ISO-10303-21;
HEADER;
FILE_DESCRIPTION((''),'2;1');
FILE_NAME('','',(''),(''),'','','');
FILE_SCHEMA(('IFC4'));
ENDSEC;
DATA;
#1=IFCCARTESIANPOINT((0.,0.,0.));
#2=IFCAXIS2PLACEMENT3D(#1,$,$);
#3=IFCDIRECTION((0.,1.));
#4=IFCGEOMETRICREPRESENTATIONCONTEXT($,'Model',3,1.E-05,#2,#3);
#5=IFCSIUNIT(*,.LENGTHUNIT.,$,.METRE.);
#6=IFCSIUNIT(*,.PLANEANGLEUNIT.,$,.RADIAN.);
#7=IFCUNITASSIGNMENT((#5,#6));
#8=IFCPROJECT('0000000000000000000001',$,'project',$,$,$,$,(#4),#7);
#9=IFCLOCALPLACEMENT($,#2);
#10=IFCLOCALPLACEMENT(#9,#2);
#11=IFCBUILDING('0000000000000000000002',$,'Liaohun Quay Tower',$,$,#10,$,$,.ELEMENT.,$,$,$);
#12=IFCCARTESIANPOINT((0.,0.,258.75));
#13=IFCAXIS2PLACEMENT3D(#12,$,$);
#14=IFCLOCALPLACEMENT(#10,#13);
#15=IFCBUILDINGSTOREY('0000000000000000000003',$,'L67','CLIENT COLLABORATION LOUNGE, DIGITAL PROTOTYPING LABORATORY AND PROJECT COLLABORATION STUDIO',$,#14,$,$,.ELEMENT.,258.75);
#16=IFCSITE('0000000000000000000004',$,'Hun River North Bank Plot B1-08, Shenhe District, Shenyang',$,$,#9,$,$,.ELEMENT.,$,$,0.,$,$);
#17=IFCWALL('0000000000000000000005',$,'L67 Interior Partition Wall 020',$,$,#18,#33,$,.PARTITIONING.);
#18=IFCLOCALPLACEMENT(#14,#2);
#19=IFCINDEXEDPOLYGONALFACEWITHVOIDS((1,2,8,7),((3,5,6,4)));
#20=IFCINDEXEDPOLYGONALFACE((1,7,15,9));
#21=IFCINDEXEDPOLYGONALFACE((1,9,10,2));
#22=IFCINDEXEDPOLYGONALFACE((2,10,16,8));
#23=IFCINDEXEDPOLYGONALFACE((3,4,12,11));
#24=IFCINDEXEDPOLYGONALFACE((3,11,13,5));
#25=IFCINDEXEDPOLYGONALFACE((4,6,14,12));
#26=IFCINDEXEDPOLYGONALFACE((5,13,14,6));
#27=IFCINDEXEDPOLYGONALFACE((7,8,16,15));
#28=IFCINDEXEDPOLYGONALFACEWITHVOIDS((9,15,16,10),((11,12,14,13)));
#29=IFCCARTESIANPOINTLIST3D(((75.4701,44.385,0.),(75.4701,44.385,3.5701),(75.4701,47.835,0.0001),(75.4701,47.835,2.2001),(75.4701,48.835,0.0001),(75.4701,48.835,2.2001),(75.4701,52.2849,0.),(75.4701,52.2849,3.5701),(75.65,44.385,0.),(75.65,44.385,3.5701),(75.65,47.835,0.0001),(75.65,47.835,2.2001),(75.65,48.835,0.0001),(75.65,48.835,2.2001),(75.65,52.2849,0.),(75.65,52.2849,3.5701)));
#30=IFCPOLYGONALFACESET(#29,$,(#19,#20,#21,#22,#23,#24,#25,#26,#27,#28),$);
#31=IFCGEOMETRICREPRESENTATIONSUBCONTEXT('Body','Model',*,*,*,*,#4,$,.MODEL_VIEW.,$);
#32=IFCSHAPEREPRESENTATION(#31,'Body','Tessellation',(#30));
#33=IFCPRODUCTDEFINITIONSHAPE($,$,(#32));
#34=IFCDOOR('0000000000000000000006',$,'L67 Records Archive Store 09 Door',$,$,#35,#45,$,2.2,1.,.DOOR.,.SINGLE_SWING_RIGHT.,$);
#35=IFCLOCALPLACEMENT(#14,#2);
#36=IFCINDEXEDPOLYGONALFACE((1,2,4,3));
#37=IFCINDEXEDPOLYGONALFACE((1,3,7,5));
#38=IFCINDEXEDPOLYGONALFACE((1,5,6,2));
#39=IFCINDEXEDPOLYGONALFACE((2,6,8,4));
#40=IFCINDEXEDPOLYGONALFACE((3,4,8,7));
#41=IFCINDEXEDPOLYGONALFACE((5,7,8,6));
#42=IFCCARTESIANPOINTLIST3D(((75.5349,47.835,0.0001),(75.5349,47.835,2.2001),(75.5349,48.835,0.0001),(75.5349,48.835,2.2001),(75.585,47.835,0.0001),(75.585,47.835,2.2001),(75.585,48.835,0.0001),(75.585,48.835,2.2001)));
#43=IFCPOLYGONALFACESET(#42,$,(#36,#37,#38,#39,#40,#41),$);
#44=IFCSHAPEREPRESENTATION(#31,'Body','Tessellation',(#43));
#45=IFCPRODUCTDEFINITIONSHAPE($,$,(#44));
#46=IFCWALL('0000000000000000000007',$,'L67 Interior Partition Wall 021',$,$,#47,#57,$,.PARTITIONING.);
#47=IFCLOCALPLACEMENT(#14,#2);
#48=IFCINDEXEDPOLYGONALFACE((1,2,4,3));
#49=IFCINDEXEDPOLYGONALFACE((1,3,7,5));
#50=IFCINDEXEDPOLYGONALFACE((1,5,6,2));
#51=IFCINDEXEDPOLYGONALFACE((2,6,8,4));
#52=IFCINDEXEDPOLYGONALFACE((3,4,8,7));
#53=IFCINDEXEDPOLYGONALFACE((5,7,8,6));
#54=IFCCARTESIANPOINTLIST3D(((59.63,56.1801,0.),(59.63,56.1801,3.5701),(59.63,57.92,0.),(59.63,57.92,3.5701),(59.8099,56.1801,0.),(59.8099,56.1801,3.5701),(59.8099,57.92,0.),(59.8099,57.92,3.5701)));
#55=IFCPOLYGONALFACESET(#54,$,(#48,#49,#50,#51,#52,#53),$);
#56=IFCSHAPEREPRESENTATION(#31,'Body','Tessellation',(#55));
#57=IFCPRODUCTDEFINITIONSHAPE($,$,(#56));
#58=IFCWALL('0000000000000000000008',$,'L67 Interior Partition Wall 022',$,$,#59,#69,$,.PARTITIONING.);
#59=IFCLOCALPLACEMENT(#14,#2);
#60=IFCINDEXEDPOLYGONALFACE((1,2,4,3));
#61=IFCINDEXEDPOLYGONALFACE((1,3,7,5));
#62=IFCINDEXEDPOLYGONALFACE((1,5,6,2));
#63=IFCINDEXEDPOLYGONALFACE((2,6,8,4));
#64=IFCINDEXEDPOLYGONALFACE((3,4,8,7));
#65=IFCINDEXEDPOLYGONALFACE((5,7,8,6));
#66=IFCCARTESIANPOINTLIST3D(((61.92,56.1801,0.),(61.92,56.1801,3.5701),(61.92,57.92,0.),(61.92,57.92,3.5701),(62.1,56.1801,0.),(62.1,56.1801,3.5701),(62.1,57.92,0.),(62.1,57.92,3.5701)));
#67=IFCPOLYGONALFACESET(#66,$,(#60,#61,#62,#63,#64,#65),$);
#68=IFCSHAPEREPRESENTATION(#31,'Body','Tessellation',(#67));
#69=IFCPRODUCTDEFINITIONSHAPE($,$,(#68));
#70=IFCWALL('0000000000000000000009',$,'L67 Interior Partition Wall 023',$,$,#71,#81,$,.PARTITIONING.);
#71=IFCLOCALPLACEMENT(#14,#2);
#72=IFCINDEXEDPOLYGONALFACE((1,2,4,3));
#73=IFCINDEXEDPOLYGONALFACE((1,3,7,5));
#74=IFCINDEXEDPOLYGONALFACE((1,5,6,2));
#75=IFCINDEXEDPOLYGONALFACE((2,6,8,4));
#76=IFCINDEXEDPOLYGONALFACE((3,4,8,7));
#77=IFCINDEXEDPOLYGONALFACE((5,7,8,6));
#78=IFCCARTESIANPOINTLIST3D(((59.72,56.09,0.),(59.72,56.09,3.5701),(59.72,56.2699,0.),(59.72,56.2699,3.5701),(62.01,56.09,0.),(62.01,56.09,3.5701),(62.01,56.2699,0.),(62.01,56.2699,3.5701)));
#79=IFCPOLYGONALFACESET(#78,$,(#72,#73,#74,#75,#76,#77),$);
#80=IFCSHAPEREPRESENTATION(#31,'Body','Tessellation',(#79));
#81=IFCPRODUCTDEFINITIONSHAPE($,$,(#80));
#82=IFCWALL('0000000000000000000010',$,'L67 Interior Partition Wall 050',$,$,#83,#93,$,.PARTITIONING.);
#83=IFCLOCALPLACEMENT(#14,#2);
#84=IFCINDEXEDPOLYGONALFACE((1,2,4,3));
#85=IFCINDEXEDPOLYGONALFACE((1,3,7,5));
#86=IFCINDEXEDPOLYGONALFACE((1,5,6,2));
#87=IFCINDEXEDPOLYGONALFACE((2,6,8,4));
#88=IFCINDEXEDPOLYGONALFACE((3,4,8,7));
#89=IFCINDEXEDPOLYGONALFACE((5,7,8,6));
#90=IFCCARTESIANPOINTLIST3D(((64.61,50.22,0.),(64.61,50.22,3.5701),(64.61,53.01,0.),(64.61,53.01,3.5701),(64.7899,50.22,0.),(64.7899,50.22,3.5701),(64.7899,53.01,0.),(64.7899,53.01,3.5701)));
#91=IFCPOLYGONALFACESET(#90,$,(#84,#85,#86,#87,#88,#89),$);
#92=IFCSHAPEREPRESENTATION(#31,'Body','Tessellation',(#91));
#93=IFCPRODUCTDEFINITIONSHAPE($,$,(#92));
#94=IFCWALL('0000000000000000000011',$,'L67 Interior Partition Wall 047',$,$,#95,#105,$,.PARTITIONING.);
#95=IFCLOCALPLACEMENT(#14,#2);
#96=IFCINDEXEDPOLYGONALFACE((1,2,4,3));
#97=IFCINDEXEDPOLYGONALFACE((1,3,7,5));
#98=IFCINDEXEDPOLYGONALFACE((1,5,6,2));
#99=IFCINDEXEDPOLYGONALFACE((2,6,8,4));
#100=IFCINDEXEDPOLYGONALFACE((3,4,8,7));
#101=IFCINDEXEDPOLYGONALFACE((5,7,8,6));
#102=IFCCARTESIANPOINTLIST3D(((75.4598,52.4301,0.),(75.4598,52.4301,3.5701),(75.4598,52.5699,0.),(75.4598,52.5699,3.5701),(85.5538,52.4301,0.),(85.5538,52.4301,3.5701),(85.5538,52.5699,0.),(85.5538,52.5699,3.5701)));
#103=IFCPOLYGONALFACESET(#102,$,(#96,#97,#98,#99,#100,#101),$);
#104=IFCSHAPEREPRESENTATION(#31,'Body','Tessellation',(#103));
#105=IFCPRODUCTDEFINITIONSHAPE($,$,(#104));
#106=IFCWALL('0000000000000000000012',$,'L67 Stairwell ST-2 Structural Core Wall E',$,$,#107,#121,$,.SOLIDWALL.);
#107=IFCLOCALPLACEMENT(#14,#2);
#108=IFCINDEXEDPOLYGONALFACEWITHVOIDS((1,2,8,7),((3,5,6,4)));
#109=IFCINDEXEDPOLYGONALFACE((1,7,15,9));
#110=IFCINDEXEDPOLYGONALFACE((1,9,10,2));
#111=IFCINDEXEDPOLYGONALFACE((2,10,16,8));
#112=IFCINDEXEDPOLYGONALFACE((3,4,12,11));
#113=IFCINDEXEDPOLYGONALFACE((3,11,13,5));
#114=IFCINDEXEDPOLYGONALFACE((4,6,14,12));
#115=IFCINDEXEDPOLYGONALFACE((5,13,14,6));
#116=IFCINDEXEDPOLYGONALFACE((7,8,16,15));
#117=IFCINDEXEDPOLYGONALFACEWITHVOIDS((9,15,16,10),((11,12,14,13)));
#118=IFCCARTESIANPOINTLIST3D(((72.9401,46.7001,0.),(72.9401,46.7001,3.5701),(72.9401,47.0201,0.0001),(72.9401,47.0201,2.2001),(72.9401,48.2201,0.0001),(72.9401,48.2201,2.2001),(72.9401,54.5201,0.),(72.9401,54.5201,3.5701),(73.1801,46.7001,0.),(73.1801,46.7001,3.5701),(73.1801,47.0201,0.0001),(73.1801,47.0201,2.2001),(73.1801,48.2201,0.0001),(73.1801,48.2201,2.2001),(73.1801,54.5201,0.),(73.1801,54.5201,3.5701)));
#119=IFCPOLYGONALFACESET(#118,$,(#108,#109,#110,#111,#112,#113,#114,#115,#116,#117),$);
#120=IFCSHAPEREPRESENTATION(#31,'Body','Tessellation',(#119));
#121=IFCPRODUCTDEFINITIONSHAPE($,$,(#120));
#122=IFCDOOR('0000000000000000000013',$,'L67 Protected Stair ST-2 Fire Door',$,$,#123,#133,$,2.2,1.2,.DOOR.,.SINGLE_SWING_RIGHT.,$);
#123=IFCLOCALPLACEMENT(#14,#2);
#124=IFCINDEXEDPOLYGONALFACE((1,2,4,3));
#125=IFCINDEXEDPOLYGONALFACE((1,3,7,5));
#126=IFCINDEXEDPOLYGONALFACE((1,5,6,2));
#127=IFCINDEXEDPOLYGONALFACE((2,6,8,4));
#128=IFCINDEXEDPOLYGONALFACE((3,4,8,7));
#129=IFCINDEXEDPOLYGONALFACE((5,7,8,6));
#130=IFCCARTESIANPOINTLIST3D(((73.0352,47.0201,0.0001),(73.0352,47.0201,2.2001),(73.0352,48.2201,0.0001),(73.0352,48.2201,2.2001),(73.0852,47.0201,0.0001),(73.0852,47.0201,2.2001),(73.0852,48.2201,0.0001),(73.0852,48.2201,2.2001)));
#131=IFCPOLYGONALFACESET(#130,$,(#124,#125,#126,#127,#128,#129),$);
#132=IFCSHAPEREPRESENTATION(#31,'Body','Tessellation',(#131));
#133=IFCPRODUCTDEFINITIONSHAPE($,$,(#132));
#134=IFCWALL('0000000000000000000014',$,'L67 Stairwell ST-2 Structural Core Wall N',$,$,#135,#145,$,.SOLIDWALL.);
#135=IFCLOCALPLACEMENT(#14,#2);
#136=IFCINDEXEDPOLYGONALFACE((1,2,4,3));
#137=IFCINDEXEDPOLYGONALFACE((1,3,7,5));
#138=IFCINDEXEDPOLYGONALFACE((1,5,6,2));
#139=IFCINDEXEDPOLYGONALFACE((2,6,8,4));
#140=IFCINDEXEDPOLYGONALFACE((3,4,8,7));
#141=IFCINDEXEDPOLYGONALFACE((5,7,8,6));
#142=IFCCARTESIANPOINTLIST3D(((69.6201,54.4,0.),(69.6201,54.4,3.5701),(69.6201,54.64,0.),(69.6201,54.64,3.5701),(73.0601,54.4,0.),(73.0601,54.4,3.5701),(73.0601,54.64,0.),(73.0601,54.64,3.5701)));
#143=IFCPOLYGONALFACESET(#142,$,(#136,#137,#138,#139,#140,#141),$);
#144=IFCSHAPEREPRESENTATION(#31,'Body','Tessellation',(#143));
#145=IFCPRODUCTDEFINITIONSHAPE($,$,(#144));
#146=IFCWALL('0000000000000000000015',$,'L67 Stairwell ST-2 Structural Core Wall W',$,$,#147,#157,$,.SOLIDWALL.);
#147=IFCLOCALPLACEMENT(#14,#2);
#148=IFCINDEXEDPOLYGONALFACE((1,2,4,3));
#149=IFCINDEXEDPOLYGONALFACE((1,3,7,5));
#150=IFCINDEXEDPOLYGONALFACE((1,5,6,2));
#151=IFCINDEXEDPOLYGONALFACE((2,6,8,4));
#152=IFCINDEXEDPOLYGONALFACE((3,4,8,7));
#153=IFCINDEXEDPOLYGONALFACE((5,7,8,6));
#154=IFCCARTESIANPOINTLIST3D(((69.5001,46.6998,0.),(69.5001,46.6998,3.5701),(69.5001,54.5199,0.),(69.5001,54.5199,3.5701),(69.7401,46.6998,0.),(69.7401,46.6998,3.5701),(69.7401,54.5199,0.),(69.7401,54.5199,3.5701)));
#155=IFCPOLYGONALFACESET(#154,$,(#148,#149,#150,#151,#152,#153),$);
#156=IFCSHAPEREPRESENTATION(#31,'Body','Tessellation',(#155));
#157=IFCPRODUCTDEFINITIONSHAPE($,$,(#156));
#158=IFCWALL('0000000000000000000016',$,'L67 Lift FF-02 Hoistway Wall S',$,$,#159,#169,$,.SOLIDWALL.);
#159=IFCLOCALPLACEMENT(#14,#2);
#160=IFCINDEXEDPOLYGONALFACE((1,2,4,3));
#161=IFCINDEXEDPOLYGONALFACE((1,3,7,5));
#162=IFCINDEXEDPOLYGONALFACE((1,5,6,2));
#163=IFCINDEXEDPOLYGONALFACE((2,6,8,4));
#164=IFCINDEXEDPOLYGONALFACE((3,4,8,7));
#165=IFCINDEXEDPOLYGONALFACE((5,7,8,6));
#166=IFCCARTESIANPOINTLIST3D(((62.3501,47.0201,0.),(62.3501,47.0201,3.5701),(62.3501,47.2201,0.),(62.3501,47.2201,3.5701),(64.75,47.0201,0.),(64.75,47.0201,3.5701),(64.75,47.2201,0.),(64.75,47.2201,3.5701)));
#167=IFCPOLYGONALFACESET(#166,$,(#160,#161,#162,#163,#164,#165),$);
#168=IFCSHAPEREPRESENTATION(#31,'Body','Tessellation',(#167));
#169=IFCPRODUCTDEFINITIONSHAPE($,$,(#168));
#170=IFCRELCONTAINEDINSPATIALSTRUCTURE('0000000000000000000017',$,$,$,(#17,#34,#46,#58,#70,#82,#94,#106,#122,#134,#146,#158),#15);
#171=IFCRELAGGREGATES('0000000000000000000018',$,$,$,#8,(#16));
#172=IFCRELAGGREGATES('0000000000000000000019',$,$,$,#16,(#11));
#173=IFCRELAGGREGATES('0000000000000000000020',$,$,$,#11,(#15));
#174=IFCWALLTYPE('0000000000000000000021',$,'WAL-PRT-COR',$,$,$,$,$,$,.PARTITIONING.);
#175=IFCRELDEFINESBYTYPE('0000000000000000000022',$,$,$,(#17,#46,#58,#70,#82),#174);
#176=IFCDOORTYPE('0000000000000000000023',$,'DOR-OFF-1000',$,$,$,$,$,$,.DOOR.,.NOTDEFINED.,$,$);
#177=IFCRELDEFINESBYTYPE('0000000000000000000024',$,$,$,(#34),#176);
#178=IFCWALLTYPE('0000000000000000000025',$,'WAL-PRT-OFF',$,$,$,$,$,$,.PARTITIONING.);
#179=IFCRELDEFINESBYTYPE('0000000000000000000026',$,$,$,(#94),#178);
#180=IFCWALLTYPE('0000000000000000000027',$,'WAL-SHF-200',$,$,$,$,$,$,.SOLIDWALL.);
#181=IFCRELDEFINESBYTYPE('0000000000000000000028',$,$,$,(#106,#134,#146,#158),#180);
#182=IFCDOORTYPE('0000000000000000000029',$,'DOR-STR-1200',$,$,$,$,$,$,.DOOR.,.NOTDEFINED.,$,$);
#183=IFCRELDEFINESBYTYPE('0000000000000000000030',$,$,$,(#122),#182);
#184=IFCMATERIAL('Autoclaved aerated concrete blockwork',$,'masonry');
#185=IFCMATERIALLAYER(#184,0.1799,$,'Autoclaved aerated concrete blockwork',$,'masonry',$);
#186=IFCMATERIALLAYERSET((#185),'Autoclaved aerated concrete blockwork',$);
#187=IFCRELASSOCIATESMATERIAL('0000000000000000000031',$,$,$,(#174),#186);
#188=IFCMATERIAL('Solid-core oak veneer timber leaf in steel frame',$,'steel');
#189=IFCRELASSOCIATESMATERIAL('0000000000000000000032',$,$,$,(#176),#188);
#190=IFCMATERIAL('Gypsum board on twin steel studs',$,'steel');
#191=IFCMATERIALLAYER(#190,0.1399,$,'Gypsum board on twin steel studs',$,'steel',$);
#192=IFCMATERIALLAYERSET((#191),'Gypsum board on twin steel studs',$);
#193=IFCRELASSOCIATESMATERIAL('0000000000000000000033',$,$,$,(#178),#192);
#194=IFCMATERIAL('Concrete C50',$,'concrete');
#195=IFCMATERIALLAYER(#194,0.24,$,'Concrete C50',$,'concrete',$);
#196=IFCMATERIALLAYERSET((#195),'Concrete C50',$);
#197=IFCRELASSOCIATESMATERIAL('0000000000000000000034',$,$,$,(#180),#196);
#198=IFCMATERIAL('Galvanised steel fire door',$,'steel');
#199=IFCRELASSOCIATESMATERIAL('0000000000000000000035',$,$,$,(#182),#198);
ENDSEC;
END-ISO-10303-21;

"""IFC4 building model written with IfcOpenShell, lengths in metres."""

from ifc_helpers import new_model, si_unit, direction, frame, frame_2d, origin, place, context, subcontext, project, spatial, rectangle, extrude, source, transform, mapped, material, layer, layer_set, type_object, element, fill, save


model = new_model("IFC4")

# Units and contexts
model_context = context("Model", 3, precision=1e-05, world=origin(), true_north=direction((0.0, 1.0)))
body_context = subcontext(model_context, "Body", "Model", "MODEL_VIEW")
ifc_project = project(units=[si_unit("LENGTHUNIT", "METRE"), si_unit("PLANEANGLEUNIT", "RADIAN")], contexts=[model_context])

# Site, building, storey
site_placement = place(None, origin())
site = spatial("IfcSite", under=ifc_project, at=site_placement, Name="Hun River North Bank Plot B1-08, Shenhe District, Shenyang", CompositionType="ELEMENT", RefElevation=0.0)
building_placement = place(site_placement, origin())
building = spatial("IfcBuilding", under=site, at=building_placement, Name="Liaohun Quay Tower", CompositionType="ELEMENT")
storey_placement = place(building_placement, frame((0.0, 0.0, 258.75)))
storey = spatial("IfcBuildingStorey", under=building, at=storey_placement, Name="L67", Description="CLIENT COLLABORATION LOUNGE, DIGITAL PROTOTYPING LABORATORY AND PROJECT COLLABORATION STUDIO", CompositionType="ELEMENT", Elevation=258.75)

# Wall, opening, door
ifc_material_1 = material(Name="Autoclaved aerated concrete blockwork", Category="masonry")
ifc_layer_1 = layer(ifc_material_1, 0.1799, Name="Autoclaved aerated concrete blockwork", Category="masonry")
ifc_layer_set_1 = layer_set([ifc_layer_1], Name="Autoclaved aerated concrete blockwork")
wall_type_1 = type_object("IfcWallType", Name="WAL-PRT-COR", PredefinedType="PARTITIONING", material=ifc_layer_set_1)
wall_1_placement = place(storey_placement, frame((75.5601, 52.2849, 0.0), z_axis=(0.0, 0.0, 1.0), x_axis=(0.0, -1.0, 0.0)))
wall_1 = element("IfcWall", 1, at=wall_1_placement, inside=storey, type_object=wall_type_1, Name="L67 Interior Partition Wall 020", PredefinedType="PARTITIONING", context=body_context, shape_type="SweptSolid", body=[
    extrude(rectangle(XDim=7.8999, YDim=0.1799, at=frame_2d((3.95, 0.0))), origin(), (0.0, 0.0, 1.0), 3.5701),
])
shared_shape_1 = source(origin(), body_context, "Body", "SweptSolid", [
    extrude(rectangle(XDim=1.0, YDim=2.2, at=frame_2d((0.5, 1.1001))), frame((0.0, 0.0999, 0.0), z_axis=(0.0, -1.0, 0.0), x_axis=(1.0, 0.0, 0.0)), (0.0, 0.0, 1.0), 0.2),
])
opening_1_placement = place(wall_1_placement, frame((3.45, 0.0, 0.0)))
opening_1 = element("IfcOpeningElement", 2, at=opening_1_placement, cuts=wall_1, PredefinedType="OPENING", context=body_context, shape_type="MappedRepresentation", body=[
    mapped(shared_shape_1, transform((0.0, 0.0, 0.0), x_axis=(1.0, 0.0, 0.0), y_axis=(0.0, 1.0, 0.0), z_axis=(0.0, 0.0, 1.0), scale=1.0)),
])
ifc_material_2 = material(Name="Solid-core oak veneer timber leaf in steel frame", Category="steel")
door_type_1 = type_object("IfcDoorType", Name="DOR-OFF-1000", OperationType="NOTDEFINED", PredefinedType="DOOR", material=ifc_material_2)
shared_shape_2 = source(origin(), body_context, "Body", "SweptSolid", [
    extrude(rectangle(XDim=1.0, YDim=2.2, at=frame_2d((0.5, 1.1001))), frame((0.0, 0.0249, 0.0), z_axis=(0.0, -1.0, 0.0), x_axis=(1.0, 0.0, 0.0)), (0.0, 0.0, 1.0), 0.05),
])
door_1_placement = place(opening_1_placement, origin())
door_1 = element("IfcDoor", 3, at=door_1_placement, inside=storey, type_object=door_type_1, Name="L67 Records Archive Store 09 Door", OperationType="SINGLE_SWING_RIGHT", OverallHeight=2.2, OverallWidth=1.0, PredefinedType="DOOR", context=body_context, shape_type="MappedRepresentation", body=[
    mapped(shared_shape_2, transform((0.0, 0.0, 0.0), x_axis=(1.0, 0.0, 0.0), y_axis=(0.0, 1.0, 0.0), z_axis=(0.0, 0.0, 1.0), scale=1.0)),
])
fill(opening_1, door_1)

# Walls
for number, where, z_axis, x_axis, name in (
    (4, (59.72, 56.1799, 0.0), (0.0, 0.0, 1.0), (0.0, 1.0, 0.0), "L67 Interior Partition Wall 021"),
    (5, (62.01, 56.1799, 0.0), (0.0, 0.0, 1.0), (0.0, 1.0, 0.0), "L67 Interior Partition Wall 022"),
):
    element("IfcWall", number, at=place(storey_placement, frame(where, z_axis=z_axis, x_axis=x_axis)), inside=storey, type_object=wall_type_1, Name=name, PredefinedType="PARTITIONING", context=body_context, shape_type="SweptSolid", body=[
        extrude(rectangle(XDim=1.74, YDim=0.1799, at=frame_2d((0.8701, 0.0))), origin(), (0.0, 0.0, 1.0), 3.5701),
    ])
wall_2_placement = place(storey_placement, frame((59.72, 56.1799, 0.0), z_axis=(0.0, 0.0, 1.0), x_axis=(1.0, 0.0, 0.0)))
element("IfcWall", 6, at=wall_2_placement, inside=storey, type_object=wall_type_1, Name="L67 Interior Partition Wall 023", PredefinedType="PARTITIONING", context=body_context, shape_type="SweptSolid", body=[
    extrude(rectangle(XDim=2.29, YDim=0.1799, at=frame_2d((1.145, 0.0))), origin(), (0.0, 0.0, 1.0), 3.5701),
])
wall_3_placement = place(storey_placement, frame((64.7, 50.22, 0.0), z_axis=(0.0, 0.0, 1.0), x_axis=(0.0, 1.0, 0.0)))
element("IfcWall", 7, at=wall_3_placement, inside=storey, type_object=wall_type_1, Name="L67 Interior Partition Wall 050", PredefinedType="PARTITIONING", context=body_context, shape_type="SweptSolid", body=[
    extrude(rectangle(XDim=2.79, YDim=0.1799, at=frame_2d((1.395, 0.0))), origin(), (0.0, 0.0, 1.0), 3.5701),
])
ifc_material_3 = material(Name="Gypsum board on twin steel studs", Category="steel")
ifc_layer_2 = layer(ifc_material_3, 0.1399, Name="Gypsum board on twin steel studs", Category="steel")
ifc_layer_set_2 = layer_set([ifc_layer_2], Name="Gypsum board on twin steel studs")
wall_type_2 = type_object("IfcWallType", Name="WAL-PRT-OFF", PredefinedType="PARTITIONING", material=ifc_layer_set_2)
wall_4_placement = place(storey_placement, frame((75.46, 52.5, 0.0), z_axis=(0.0, 0.0, 1.0), x_axis=(1.0, 0.0, 0.0)))
element("IfcWall", 8, at=wall_4_placement, inside=storey, type_object=wall_type_2, Name="L67 Interior Partition Wall 047", PredefinedType="PARTITIONING", context=body_context, shape_type="SweptSolid", body=[
    extrude(rectangle(XDim=10.094, YDim=0.1399, at=frame_2d((5.0469, 0.0))), origin(), (0.0, 0.0, 1.0), 3.5701),
])

# Wall, opening, door
ifc_material_4 = material(Name="Concrete C50", Category="concrete")
ifc_layer_3 = layer(ifc_material_4, 0.24, Name="Concrete C50", Category="concrete")
ifc_layer_set_3 = layer_set([ifc_layer_3], Name="Concrete C50")
wall_type_3 = type_object("IfcWallType", Name="WAL-SHF-200", PredefinedType="SOLIDWALL", material=ifc_layer_set_3)
wall_5_placement = place(storey_placement, frame((73.0601, 46.7, 0.0), z_axis=(0.0, 0.0, 1.0), x_axis=(0.0, 1.0, 0.0)))
wall_5 = element("IfcWall", 9, at=wall_5_placement, inside=storey, type_object=wall_type_3, Name="L67 Stairwell ST-2 Structural Core Wall E", PredefinedType="SOLIDWALL", context=body_context, shape_type="SweptSolid", body=[
    extrude(rectangle(XDim=7.8201, YDim=0.24, at=frame_2d((3.9102, 0.0))), origin(), (0.0, 0.0, 1.0), 3.5701),
])
shared_shape_3 = source(origin(), body_context, "Body", "SweptSolid", [
    extrude(rectangle(XDim=1.2, YDim=2.2, at=frame_2d((0.6001, 1.1001))), frame((0.0, 0.1299, 0.0), z_axis=(0.0, -1.0, 0.0), x_axis=(1.0, 0.0, 0.0)), (0.0, 0.0, 1.0), 0.26),
])
opening_2_placement = place(wall_5_placement, frame((0.3201, 0.0, 0.0)))
opening_2 = element("IfcOpeningElement", 10, at=opening_2_placement, cuts=wall_5, PredefinedType="OPENING", context=body_context, shape_type="MappedRepresentation", body=[
    mapped(shared_shape_3, transform((0.0, 0.0, 0.0), x_axis=(1.0, 0.0, 0.0), y_axis=(0.0, 1.0, 0.0), z_axis=(0.0, 0.0, 1.0), scale=1.0)),
])
ifc_material_5 = material(Name="Galvanised steel fire door", Category="steel")
door_type_2 = type_object("IfcDoorType", Name="DOR-STR-1200", OperationType="NOTDEFINED", PredefinedType="DOOR", material=ifc_material_5)
shared_shape_4 = source(origin(), body_context, "Body", "SweptSolid", [
    extrude(rectangle(XDim=1.2, YDim=2.2, at=frame_2d((0.6001, 1.1001))), frame((0.0, 0.0249, 0.0), z_axis=(0.0, -1.0, 0.0), x_axis=(1.0, 0.0, 0.0)), (0.0, 0.0, 1.0), 0.05),
])
door_2_placement = place(opening_2_placement, origin())
door_2 = element("IfcDoor", 11, at=door_2_placement, inside=storey, type_object=door_type_2, Name="L67 Protected Stair ST-2 Fire Door", OperationType="SINGLE_SWING_RIGHT", OverallHeight=2.2, OverallWidth=1.2, PredefinedType="DOOR", context=body_context, shape_type="MappedRepresentation", body=[
    mapped(shared_shape_4, transform((0.0, 0.0, 0.0), x_axis=(1.0, 0.0, 0.0), y_axis=(0.0, 1.0, 0.0), z_axis=(0.0, 0.0, 1.0), scale=1.0)),
])
fill(opening_2, door_2)

# Walls
wall_6_placement = place(storey_placement, frame((73.0601, 54.52, 0.0), z_axis=(0.0, 0.0, 1.0), x_axis=(-1.0, 0.0, 0.0)))
element("IfcWall", 12, at=wall_6_placement, inside=storey, type_object=wall_type_3, Name="L67 Stairwell ST-2 Structural Core Wall N", PredefinedType="SOLIDWALL", context=body_context, shape_type="SweptSolid", body=[
    extrude(rectangle(XDim=3.4399, YDim=0.24, at=frame_2d((1.72, 0.0))), origin(), (0.0, 0.0, 1.0), 3.5701),
])
wall_7_placement = place(storey_placement, frame((69.6201, 54.52, 0.0), z_axis=(0.0, 0.0, 1.0), x_axis=(0.0, -1.0, 0.0)))
element("IfcWall", 13, at=wall_7_placement, inside=storey, type_object=wall_type_3, Name="L67 Stairwell ST-2 Structural Core Wall W", PredefinedType="SOLIDWALL", context=body_context, shape_type="SweptSolid", body=[
    extrude(rectangle(XDim=7.8201, YDim=0.24, at=frame_2d((3.9102, 0.0))), origin(), (0.0, 0.0, 1.0), 3.5701),
])
wall_8_placement = place(storey_placement, frame((62.3501, 47.1201, 0.0), z_axis=(0.0, 0.0, 1.0), x_axis=(1.0, 0.0, 0.0)))
element("IfcWall", 14, at=wall_8_placement, inside=storey, type_object=wall_type_3, Name="L67 Lift FF-02 Hoistway Wall S", PredefinedType="SOLIDWALL", context=body_context, shape_type="SweptSolid", body=[
    extrude(rectangle(XDim=2.3999, YDim=0.2, at=frame_2d((1.2, 0.0))), origin(), (0.0, 0.0, 1.0), 3.5701),
])

save(model, "model.ifc")
